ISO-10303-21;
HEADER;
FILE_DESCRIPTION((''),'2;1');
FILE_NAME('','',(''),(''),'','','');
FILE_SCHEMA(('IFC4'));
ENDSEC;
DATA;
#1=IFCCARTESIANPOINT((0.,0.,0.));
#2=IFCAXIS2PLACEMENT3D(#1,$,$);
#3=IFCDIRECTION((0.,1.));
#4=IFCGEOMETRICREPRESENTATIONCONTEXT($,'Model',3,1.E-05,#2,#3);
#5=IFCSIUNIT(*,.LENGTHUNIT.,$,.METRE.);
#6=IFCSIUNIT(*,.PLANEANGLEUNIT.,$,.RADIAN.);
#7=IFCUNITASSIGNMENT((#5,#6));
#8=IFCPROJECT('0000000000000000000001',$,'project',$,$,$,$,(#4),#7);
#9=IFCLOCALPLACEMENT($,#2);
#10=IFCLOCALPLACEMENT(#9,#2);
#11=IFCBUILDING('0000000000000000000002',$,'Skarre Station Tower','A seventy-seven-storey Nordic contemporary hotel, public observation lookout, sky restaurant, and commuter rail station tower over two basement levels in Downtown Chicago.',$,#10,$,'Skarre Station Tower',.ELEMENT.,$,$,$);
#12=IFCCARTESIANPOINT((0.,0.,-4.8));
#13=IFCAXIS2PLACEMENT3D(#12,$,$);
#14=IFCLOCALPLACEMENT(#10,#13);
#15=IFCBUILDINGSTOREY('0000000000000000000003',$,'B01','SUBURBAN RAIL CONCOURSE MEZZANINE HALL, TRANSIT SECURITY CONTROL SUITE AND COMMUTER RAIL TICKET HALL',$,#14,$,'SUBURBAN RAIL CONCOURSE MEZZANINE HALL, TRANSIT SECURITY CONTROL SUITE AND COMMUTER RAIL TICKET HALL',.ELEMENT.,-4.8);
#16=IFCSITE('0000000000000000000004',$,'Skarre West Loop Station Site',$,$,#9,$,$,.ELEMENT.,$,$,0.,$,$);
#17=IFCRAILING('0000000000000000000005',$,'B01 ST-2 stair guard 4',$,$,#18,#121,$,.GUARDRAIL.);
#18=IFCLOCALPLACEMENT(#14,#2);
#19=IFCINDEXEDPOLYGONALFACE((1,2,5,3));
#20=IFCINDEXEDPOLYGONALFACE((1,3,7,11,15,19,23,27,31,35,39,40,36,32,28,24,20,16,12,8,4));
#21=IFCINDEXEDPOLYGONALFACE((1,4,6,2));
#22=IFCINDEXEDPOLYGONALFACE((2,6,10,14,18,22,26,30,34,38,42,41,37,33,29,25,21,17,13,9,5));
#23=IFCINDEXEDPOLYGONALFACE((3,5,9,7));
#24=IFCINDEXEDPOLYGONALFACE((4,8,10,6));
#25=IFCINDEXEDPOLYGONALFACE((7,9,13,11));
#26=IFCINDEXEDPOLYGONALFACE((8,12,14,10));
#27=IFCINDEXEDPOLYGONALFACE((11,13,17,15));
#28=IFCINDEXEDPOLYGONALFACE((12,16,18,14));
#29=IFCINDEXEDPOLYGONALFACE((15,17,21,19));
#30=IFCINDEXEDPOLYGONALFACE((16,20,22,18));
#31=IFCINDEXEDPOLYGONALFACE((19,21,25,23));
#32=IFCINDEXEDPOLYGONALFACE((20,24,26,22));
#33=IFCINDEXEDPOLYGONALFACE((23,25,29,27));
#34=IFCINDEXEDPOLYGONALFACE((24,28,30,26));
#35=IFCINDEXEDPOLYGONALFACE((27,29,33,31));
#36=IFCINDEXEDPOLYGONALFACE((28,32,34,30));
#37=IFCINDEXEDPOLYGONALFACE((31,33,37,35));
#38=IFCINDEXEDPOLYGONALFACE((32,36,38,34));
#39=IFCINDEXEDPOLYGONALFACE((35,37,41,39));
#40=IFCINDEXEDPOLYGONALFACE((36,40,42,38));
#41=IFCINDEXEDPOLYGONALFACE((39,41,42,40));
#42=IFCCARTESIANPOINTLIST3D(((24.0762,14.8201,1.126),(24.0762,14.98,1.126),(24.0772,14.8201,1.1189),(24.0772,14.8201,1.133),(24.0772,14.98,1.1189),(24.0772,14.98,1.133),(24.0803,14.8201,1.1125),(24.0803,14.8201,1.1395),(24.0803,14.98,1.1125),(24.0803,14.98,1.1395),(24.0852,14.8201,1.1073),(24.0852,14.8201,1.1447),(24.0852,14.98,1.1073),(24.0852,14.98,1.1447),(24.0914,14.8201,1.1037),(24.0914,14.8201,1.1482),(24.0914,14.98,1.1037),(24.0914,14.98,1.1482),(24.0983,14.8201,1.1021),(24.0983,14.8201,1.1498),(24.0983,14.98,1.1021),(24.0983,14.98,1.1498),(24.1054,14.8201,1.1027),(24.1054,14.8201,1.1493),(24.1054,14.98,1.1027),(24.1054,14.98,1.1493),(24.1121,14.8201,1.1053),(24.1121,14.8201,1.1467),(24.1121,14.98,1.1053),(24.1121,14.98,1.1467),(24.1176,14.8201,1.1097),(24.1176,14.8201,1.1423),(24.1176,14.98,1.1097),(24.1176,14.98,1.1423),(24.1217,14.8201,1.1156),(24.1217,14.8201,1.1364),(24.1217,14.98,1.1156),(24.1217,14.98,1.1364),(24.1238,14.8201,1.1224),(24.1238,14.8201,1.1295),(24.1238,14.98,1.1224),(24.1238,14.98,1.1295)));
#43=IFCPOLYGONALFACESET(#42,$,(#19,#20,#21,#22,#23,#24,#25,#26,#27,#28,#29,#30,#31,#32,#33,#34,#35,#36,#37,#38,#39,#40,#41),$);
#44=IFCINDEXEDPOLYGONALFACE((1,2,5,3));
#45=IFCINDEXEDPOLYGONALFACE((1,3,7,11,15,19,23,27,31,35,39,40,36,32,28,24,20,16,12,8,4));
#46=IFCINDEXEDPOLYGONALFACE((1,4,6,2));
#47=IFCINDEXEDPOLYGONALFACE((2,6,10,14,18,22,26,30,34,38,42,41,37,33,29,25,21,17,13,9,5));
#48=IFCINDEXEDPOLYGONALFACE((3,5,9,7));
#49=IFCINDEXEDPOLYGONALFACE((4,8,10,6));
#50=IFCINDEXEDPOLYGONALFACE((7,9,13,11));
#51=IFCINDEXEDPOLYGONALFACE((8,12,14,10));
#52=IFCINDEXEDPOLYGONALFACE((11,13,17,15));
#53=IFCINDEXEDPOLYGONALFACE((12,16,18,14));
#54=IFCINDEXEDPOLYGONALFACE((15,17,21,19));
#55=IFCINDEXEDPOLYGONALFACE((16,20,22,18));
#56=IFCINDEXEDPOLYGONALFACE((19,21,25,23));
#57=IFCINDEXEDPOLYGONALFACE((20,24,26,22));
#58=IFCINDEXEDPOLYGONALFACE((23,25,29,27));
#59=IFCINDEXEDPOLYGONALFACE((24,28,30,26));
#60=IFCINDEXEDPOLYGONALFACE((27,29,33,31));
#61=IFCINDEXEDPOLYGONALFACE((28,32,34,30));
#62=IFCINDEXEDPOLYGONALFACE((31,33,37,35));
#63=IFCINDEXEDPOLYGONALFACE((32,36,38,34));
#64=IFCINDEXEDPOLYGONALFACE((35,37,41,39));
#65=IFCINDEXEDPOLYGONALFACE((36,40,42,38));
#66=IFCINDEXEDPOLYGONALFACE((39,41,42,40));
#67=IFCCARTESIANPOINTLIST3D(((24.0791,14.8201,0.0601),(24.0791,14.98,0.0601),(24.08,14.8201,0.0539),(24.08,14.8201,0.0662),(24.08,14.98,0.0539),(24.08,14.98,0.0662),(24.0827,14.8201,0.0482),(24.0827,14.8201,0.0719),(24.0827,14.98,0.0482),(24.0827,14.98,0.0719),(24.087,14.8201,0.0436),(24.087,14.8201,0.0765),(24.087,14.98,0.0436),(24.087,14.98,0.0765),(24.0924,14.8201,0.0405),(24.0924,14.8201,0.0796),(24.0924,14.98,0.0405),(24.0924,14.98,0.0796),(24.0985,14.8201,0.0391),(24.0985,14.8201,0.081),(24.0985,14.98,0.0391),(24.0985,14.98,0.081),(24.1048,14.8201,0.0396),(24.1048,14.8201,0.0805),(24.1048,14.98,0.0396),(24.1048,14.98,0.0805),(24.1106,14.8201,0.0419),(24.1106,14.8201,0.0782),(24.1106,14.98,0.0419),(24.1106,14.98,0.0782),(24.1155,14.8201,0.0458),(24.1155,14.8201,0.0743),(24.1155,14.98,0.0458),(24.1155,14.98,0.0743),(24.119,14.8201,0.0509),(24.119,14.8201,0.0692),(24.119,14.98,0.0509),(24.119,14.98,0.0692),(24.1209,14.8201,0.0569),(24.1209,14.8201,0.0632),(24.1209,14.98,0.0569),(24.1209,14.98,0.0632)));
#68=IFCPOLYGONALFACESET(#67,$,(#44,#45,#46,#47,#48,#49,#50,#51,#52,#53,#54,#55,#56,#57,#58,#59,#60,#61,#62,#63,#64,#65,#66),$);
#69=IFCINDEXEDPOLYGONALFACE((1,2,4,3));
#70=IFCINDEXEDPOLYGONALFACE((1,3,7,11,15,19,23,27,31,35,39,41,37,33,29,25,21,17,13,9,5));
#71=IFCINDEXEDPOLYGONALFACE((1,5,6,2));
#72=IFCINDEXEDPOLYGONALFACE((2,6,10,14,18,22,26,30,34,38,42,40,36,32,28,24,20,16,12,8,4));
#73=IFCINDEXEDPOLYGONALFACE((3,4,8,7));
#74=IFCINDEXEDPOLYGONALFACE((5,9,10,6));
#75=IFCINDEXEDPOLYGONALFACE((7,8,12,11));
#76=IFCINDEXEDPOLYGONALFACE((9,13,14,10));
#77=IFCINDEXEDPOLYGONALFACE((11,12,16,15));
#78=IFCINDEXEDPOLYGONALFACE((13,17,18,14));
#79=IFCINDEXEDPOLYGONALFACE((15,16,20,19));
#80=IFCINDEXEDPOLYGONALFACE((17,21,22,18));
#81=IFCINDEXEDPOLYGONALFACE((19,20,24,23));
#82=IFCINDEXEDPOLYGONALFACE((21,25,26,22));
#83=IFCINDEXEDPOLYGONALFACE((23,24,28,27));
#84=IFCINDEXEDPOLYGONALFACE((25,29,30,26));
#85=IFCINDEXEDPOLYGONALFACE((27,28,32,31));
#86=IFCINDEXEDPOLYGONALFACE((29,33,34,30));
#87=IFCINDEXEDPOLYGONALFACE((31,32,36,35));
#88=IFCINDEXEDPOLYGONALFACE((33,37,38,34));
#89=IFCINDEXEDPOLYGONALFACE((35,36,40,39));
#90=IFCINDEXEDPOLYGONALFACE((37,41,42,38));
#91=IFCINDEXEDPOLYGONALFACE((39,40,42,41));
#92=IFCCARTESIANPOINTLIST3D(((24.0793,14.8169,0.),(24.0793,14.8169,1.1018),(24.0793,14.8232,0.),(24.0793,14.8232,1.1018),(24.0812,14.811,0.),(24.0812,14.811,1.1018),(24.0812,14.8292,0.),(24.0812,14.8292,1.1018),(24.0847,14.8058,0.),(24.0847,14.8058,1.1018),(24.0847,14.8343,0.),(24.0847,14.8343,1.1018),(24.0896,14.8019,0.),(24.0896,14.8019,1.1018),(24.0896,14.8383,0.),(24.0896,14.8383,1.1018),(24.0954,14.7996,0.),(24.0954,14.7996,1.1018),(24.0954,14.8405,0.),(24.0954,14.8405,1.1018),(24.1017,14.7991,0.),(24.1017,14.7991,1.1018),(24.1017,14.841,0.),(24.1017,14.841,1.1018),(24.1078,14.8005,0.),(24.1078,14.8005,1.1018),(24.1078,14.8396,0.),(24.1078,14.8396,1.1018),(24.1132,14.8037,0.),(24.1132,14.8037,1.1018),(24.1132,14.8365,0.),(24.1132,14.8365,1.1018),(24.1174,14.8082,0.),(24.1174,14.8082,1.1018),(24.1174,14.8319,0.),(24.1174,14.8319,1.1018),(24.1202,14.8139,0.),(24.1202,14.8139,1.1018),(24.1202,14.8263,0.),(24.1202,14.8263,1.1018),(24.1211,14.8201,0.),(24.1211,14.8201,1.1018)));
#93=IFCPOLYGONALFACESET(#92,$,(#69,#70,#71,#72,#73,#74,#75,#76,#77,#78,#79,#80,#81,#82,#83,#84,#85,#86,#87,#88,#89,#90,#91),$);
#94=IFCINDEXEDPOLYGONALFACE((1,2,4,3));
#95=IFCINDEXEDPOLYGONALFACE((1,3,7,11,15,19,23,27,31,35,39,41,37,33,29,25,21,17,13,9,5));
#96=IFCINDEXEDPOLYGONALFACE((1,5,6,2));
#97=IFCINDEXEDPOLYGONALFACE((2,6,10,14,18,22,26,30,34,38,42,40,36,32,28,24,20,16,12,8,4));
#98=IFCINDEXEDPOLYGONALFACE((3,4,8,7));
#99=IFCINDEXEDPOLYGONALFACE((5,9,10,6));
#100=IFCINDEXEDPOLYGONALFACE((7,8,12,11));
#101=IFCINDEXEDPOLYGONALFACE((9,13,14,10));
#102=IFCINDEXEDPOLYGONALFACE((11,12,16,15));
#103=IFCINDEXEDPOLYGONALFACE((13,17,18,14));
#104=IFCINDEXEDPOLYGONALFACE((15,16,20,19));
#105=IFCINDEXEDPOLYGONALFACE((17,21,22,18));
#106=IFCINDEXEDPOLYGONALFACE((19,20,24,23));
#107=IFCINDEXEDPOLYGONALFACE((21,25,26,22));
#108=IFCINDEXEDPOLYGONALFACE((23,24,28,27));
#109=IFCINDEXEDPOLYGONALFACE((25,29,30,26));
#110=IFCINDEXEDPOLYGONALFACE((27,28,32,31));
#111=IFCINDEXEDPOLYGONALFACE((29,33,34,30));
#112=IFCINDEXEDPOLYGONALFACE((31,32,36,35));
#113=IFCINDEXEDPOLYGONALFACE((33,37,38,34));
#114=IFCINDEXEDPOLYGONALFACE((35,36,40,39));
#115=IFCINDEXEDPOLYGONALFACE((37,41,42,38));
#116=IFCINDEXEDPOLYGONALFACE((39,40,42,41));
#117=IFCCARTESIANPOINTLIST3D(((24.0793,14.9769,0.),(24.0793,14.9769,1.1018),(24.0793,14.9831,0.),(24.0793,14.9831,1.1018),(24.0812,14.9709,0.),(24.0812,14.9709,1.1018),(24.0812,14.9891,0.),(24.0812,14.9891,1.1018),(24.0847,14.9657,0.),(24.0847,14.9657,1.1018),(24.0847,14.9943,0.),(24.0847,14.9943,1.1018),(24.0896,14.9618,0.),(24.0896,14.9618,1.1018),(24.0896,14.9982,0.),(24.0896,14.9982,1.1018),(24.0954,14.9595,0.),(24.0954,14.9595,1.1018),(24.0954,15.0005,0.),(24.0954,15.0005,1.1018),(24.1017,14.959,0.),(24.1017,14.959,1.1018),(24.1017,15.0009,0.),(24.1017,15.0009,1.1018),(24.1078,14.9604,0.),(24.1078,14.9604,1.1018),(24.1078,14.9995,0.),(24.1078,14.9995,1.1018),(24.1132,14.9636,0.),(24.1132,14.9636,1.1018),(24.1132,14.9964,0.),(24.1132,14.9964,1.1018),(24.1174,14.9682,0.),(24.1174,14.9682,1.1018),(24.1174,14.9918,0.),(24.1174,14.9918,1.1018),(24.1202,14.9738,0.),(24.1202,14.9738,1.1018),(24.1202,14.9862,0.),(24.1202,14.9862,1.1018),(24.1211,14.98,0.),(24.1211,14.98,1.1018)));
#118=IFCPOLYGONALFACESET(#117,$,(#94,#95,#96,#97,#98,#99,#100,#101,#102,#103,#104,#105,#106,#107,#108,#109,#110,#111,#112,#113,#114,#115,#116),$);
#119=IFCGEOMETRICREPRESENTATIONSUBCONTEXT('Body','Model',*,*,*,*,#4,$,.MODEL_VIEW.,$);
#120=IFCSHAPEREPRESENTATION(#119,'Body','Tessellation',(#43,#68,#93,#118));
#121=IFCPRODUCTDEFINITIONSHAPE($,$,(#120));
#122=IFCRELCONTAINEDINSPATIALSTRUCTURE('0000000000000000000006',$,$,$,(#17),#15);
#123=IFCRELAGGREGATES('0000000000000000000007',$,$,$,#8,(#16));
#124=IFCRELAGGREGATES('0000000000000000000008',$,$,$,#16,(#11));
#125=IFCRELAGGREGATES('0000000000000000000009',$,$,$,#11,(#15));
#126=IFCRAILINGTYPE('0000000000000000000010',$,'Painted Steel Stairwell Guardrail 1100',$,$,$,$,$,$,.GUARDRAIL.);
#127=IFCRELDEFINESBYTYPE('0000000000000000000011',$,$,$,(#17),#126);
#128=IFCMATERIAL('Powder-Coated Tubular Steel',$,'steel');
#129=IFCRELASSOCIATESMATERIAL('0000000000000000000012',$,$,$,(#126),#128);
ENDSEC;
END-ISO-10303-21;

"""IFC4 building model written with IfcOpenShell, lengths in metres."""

from ifc_helpers import new_model, si_unit, direction, frame, origin, origin_2d, place, context, subcontext, project, spatial, circle, extrude, material, type_object, element, save


model = new_model("IFC4")

# Units and contexts
model_context = context("Model", 3, precision=1e-05, world=origin(), true_north=direction((0.0, 1.0)))
body_context = subcontext(model_context, "Body", "Model", "MODEL_VIEW")
ifc_project = project(units=[si_unit("LENGTHUNIT", "METRE"), si_unit("PLANEANGLEUNIT", "RADIAN")], contexts=[model_context])

# Site, building, storey
site_placement = place(None, origin())
site = spatial("IfcSite", under=ifc_project, at=site_placement, Name="Skarre West Loop Station Site", CompositionType="ELEMENT", RefElevation=0.0)
building_placement = place(site_placement, origin())
building = spatial("IfcBuilding", under=site, at=building_placement, Name="Skarre Station Tower", Description="A seventy-seven-storey Nordic contemporary hotel, public observation lookout, sky restaurant, and commuter rail station tower over two basement levels in Downtown Chicago.", LongName="Skarre Station Tower", CompositionType="ELEMENT")
storey_placement = place(building_placement, frame((0.0, 0.0, -4.8)))
storey = spatial("IfcBuildingStorey", under=building, at=storey_placement, Name="B01", Description="SUBURBAN RAIL CONCOURSE MEZZANINE HALL, TRANSIT SECURITY CONTROL SUITE AND COMMUTER RAIL TICKET HALL", LongName="SUBURBAN RAIL CONCOURSE MEZZANINE HALL, TRANSIT SECURITY CONTROL SUITE AND COMMUTER RAIL TICKET HALL", CompositionType="ELEMENT", Elevation=-4.8)

# Railing
ifc_material_1 = material(Name="Powder-Coated Tubular Steel", Category="steel")
railing_type_1 = type_object("IfcRailingType", Name="Painted Steel Stairwell Guardrail 1100", PredefinedType="GUARDRAIL", material=ifc_material_1)
railing_1_placement = place(storey_placement, frame((24.1001, 14.8201, 0.0)))
element("IfcRailing", 1, at=railing_1_placement, inside=storey, type_object=railing_type_1, Name="B01 ST-2 stair guard 4", PredefinedType="GUARDRAIL", context=body_context, shape_type="SweptSolid", body=[
    extrude(circle(Radius=0.0239, at=origin_2d()), frame((0.0, 0.0, 1.126), z_axis=(0.0, 1.0, 0.0), x_axis=(-1.0, 0.0, 0.0)), (0.0, 0.0, 1.0), 0.1599),
    extrude(circle(Radius=0.021, at=origin_2d()), frame((0.0, 0.0, 0.0601), z_axis=(0.0, 1.0, 0.0), x_axis=(-1.0, 0.0, 0.0)), (0.0, 0.0, 1.0), 0.1599),
    extrude(circle(Radius=0.021, at=origin_2d()), origin(), (0.0, 0.0, 1.0), 1.1018),
    extrude(circle(Radius=0.021, at=origin_2d()), frame((0.0, 0.1599, 0.0)), (0.0, 0.0, 1.0), 1.1018),
])

save(model, "model.ifc")
